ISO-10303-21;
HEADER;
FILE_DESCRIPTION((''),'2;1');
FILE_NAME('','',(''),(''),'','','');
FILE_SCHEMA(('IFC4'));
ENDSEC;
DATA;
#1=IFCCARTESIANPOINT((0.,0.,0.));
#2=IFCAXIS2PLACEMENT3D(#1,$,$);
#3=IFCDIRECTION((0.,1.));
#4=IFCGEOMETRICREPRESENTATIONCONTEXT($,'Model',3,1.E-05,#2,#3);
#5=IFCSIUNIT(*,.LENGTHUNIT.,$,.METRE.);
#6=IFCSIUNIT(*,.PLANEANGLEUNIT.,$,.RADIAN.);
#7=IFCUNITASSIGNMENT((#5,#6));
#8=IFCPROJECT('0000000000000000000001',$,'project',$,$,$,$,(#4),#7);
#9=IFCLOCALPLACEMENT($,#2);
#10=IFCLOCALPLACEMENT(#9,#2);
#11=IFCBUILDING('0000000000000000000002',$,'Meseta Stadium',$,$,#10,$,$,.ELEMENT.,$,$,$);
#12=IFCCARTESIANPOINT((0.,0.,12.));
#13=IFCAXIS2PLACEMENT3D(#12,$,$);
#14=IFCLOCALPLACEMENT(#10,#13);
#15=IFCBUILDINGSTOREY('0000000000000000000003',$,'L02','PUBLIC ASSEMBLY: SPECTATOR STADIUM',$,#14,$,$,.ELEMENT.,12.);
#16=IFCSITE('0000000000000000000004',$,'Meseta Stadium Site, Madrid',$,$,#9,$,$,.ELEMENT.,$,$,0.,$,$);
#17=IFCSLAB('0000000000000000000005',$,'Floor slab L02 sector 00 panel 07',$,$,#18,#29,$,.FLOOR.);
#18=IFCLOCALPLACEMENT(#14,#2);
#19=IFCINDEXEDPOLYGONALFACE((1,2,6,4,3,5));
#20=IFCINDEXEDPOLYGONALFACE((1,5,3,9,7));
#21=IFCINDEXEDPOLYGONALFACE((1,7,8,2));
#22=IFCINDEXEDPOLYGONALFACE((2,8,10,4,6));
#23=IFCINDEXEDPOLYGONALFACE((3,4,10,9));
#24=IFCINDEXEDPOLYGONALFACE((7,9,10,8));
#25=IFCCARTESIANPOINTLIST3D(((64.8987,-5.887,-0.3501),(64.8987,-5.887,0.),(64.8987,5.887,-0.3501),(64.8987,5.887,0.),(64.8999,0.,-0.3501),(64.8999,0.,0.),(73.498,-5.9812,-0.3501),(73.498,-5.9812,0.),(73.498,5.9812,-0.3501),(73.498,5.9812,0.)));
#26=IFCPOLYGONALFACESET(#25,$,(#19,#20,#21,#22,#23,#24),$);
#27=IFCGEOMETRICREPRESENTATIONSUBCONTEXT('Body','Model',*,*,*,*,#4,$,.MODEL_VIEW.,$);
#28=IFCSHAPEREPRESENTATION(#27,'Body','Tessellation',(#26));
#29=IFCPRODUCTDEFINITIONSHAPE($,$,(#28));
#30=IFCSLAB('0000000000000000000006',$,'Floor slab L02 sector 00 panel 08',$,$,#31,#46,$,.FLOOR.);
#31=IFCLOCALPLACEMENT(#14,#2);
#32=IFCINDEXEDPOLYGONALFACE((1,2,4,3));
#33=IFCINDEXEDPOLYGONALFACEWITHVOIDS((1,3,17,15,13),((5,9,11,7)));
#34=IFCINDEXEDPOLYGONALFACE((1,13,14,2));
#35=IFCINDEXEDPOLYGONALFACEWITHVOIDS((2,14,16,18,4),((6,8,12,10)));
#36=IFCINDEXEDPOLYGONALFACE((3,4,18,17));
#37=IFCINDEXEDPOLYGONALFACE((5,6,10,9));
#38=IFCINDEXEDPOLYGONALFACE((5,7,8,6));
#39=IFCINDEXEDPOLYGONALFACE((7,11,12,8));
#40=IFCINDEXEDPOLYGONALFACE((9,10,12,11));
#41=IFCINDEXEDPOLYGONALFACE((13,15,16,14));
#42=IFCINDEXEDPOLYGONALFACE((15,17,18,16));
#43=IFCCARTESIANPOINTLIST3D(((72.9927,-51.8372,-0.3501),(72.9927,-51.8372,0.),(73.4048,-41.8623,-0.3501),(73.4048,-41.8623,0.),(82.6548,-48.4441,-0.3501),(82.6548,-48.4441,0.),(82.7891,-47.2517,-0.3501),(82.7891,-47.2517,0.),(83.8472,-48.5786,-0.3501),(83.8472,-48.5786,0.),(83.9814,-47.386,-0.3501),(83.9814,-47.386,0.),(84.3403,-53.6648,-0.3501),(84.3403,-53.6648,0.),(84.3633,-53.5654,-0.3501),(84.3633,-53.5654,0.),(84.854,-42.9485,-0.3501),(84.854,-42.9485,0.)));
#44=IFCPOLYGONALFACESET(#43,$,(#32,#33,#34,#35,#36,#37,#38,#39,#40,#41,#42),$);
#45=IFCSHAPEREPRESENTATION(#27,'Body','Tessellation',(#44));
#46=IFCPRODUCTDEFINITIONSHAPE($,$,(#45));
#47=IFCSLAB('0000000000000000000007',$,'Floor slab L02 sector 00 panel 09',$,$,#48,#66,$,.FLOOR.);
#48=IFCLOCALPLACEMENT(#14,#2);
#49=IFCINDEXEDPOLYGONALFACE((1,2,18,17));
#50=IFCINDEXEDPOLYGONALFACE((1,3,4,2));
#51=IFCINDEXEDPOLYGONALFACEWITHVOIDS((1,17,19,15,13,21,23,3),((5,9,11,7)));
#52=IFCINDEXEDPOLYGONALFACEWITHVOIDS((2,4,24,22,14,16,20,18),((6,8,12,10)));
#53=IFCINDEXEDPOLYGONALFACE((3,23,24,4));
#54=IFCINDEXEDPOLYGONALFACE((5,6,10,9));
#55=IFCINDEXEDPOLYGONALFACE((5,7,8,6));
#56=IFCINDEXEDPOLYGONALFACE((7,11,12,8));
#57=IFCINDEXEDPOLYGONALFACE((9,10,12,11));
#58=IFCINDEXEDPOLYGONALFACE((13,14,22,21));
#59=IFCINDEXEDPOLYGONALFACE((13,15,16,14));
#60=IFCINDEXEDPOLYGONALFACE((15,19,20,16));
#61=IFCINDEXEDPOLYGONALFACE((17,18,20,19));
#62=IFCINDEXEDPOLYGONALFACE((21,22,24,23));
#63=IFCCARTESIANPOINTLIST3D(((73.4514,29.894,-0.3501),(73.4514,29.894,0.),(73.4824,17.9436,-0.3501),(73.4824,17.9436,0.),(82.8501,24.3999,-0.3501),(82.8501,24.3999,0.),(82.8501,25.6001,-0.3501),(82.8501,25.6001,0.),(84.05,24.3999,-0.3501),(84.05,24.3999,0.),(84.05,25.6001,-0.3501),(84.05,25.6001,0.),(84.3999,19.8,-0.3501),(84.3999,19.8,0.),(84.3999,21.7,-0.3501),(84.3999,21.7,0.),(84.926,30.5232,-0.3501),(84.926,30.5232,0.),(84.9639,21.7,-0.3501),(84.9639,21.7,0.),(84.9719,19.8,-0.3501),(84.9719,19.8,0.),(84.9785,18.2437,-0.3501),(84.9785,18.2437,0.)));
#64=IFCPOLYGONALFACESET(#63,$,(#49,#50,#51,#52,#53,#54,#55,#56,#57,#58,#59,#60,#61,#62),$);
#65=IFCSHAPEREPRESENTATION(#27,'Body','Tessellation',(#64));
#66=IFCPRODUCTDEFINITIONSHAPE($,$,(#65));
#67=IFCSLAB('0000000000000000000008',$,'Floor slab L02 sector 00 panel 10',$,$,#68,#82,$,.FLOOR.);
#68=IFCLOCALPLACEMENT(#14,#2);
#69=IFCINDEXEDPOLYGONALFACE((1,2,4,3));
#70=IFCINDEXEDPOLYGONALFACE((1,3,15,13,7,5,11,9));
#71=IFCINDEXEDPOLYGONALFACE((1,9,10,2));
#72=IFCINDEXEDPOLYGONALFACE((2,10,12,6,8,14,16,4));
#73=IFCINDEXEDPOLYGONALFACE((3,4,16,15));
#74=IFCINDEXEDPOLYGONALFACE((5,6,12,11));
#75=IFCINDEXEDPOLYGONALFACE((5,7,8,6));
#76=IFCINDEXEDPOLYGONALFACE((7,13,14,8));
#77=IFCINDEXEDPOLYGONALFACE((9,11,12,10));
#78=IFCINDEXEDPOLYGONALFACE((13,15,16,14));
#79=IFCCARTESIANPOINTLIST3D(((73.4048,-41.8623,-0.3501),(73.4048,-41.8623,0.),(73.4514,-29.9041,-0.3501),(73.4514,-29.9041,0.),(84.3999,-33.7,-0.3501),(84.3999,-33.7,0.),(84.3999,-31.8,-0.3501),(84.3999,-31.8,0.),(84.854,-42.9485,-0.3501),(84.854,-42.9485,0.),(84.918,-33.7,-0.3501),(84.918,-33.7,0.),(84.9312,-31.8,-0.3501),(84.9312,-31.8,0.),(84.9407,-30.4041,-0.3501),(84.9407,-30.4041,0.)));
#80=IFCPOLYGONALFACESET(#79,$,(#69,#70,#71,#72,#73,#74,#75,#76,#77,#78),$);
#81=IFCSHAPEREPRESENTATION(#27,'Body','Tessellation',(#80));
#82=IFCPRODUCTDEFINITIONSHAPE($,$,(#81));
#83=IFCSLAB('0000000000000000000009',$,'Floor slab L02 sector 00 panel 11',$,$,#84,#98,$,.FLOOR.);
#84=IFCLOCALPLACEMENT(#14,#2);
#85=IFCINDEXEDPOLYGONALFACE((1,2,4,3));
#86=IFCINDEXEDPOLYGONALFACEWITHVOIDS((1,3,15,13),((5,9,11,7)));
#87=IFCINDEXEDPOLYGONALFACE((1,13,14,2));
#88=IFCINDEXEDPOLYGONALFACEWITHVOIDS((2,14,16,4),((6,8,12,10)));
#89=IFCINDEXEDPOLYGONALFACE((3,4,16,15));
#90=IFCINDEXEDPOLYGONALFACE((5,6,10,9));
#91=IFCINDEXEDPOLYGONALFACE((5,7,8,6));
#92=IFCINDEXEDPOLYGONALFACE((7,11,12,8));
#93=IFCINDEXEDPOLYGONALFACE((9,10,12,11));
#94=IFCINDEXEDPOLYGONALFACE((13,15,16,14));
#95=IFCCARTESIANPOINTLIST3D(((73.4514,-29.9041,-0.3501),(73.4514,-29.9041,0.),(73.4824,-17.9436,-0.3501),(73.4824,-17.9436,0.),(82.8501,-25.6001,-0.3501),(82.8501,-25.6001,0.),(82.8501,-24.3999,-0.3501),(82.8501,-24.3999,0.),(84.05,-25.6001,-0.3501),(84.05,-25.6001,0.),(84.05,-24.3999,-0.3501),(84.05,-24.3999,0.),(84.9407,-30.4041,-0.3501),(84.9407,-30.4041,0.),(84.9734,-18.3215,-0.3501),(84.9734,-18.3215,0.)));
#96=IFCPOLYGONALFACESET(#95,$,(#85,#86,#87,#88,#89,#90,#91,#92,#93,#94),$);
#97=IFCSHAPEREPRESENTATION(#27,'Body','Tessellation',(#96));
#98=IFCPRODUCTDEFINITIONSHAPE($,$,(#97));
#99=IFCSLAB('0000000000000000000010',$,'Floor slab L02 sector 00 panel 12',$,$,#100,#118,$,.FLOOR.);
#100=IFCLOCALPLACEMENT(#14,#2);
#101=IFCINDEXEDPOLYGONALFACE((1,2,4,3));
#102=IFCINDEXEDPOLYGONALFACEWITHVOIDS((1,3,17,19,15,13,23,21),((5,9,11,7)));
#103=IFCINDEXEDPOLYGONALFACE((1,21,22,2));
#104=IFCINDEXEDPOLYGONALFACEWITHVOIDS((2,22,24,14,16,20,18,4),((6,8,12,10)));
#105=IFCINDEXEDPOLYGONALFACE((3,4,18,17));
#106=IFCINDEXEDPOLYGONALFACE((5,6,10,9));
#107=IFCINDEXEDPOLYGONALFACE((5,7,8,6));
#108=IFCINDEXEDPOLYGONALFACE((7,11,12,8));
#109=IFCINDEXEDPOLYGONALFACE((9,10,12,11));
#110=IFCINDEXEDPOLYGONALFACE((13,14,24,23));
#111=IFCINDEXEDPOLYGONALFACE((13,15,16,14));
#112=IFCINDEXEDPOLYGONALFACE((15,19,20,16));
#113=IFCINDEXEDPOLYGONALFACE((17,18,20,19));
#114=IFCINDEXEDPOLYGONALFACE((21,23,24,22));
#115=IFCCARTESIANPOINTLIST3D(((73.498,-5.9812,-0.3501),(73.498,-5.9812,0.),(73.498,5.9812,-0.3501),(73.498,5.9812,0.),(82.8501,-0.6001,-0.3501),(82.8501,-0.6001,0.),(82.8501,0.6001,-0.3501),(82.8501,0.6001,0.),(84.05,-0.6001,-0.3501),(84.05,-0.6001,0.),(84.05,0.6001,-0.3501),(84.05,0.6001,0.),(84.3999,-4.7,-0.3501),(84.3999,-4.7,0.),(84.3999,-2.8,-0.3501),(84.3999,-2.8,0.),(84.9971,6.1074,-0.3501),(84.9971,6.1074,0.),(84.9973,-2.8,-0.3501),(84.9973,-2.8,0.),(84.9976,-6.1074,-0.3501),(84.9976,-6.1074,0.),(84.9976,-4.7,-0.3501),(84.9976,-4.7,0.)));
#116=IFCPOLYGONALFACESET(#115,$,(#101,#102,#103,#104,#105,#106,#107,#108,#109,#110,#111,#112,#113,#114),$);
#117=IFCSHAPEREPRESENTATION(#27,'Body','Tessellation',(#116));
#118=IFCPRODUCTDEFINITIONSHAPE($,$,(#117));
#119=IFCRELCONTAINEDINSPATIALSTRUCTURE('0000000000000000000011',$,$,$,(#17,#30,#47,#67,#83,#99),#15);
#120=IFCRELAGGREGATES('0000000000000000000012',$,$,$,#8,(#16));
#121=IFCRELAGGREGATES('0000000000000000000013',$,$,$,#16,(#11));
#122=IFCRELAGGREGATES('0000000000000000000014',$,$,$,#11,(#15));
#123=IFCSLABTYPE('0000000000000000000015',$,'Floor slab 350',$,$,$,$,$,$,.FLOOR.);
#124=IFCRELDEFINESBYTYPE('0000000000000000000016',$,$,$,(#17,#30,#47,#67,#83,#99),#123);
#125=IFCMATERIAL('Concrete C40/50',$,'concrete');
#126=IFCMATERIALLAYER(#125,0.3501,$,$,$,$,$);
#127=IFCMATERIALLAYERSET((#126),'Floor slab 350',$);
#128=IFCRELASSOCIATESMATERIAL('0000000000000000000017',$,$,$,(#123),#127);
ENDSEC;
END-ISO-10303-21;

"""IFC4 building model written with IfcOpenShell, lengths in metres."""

from ifc_helpers import new_model, si_unit, direction, frame, origin, place, context, subcontext, project, spatial, polyline, outline, extrude, material, layer, layer_set, type_object, element, save


model = new_model("IFC4")

# Units and contexts
model_context = context("Model", 3, precision=1e-05, world=origin(), true_north=direction((0.0, 1.0)))
body_context = subcontext(model_context, "Body", "Model", "MODEL_VIEW")
ifc_project = project(units=[si_unit("LENGTHUNIT", "METRE"), si_unit("PLANEANGLEUNIT", "RADIAN")], contexts=[model_context])

# Site, building, storey
site_placement = place(None, origin())
site = spatial("IfcSite", under=ifc_project, at=site_placement, Name="Meseta Stadium Site, Madrid", CompositionType="ELEMENT", RefElevation=0.0)
building_placement = place(site_placement, origin())
building = spatial("IfcBuilding", under=site, at=building_placement, Name="Meseta Stadium", CompositionType="ELEMENT")
storey_placement = place(building_placement, frame((0.0, 0.0, 12.0)))
storey = spatial("IfcBuildingStorey", under=building, at=storey_placement, Name="L02", Description="PUBLIC ASSEMBLY: SPECTATOR STADIUM", CompositionType="ELEMENT", Elevation=12.0)

# Slabs
ifc_material_1 = material(Name="Concrete C40/50", Category="concrete")
ifc_layer_1 = layer(ifc_material_1, 0.3501)
ifc_layer_set_1 = layer_set([ifc_layer_1], Name="Floor slab 350")
slab_type_1 = type_object("IfcSlabType", Name="Floor slab 350", PredefinedType="FLOOR", material=ifc_layer_set_1)
slab_1_placement = place(storey_placement, frame((0.0, 0.0, -0.3501)))
element("IfcSlab", 1, at=slab_1_placement, inside=storey, type_object=slab_type_1, Name="Floor slab L02 sector 00 panel 07", PredefinedType="FLOOR", context=body_context, shape_type="SweptSolid", body=[
    extrude(outline(polyline([(64.8999, 0.0), (64.8987, -5.887), (73.498, -5.9812), (73.498, 5.9812), (64.8987, 5.887), (64.8999, 0.0)])), origin(), (0.0, 0.0, 1.0), 0.3501),
])
slab_2_placement = place(storey_placement, frame((0.0, 0.0, -0.3501)))
element("IfcSlab", 2, at=slab_2_placement, inside=storey, type_object=slab_type_1, Name="Floor slab L02 sector 00 panel 08", PredefinedType="FLOOR", context=body_context, shape_type="SweptSolid", body=[
    extrude(outline(polyline([(84.3633, -53.5654), (84.854, -42.9485), (73.4048, -41.8623), (72.9927, -51.8372), (84.3403, -53.6648), (84.3633, -53.5654)]), holes=[polyline([(83.8472, -48.5786), (82.6548, -48.4441), (82.7891, -47.2517), (83.9814, -47.386), (83.8472, -48.5786)])]), origin(), (0.0, 0.0, 1.0), 0.3501),
])
slab_3_placement = place(storey_placement, frame((0.0, 0.0, -0.3501)))
element("IfcSlab", 3, at=slab_3_placement, inside=storey, type_object=slab_type_1, Name="Floor slab L02 sector 00 panel 09", PredefinedType="FLOOR", context=body_context, shape_type="SweptSolid", body=[
    extrude(outline(polyline([(84.3999, 19.8), (84.3999, 21.7), (84.9639, 21.7), (84.926, 30.5232), (73.4514, 29.894), (73.4824, 17.9436), (84.9785, 18.2437), (84.9719, 19.8), (84.3999, 19.8)]), holes=[polyline([(84.05, 25.6001), (84.05, 24.3999), (82.8501, 24.3999), (82.8501, 25.6001), (84.05, 25.6001)])]), origin(), (0.0, 0.0, 1.0), 0.3501),
])
slab_4_placement = place(storey_placement, frame((0.0, 0.0, -0.3501)))
element("IfcSlab", 4, at=slab_4_placement, inside=storey, type_object=slab_type_1, Name="Floor slab L02 sector 00 panel 10", PredefinedType="FLOOR", context=body_context, shape_type="SweptSolid", body=[
    extrude(outline(polyline([(84.9407, -30.4041), (73.4514, -29.9041), (73.4048, -41.8623), (84.854, -42.9485), (84.918, -33.7), (84.3999, -33.7), (84.3999, -31.8), (84.9312, -31.8), (84.9407, -30.4041)])), origin(), (0.0, 0.0, 1.0), 0.3501),
])
slab_5_placement = place(storey_placement, frame((0.0, 0.0, -0.3501)))
element("IfcSlab", 5, at=slab_5_placement, inside=storey, type_object=slab_type_1, Name="Floor slab L02 sector 00 panel 11", PredefinedType="FLOOR", context=body_context, shape_type="SweptSolid", body=[
    extrude(outline(polyline([(73.4514, -29.9041), (84.9407, -30.4041), (84.9734, -18.3215), (73.4824, -17.9436), (73.4514, -29.9041)]), holes=[polyline([(82.8501, -25.6001), (82.8501, -24.3999), (84.05, -24.3999), (84.05, -25.6001), (82.8501, -25.6001)])]), origin(), (0.0, 0.0, 1.0), 0.3501),
])
slab_6_placement = place(storey_placement, frame((0.0, 0.0, -0.3501)))
element("IfcSlab", 6, at=slab_6_placement, inside=storey, type_object=slab_type_1, Name="Floor slab L02 sector 00 panel 12", PredefinedType="FLOOR", context=body_context, shape_type="SweptSolid", body=[
    extrude(outline(polyline([(84.9976, -6.1074), (84.9976, -4.7), (84.3999, -4.7), (84.3999, -2.8), (84.9973, -2.8), (84.9971, 6.1074), (73.498, 5.9812), (73.498, -5.9812), (84.9976, -6.1074)]), holes=[polyline([(82.8501, 0.6001), (84.05, 0.6001), (84.05, -0.6001), (82.8501, -0.6001), (82.8501, 0.6001)])]), origin(), (0.0, 0.0, 1.0), 0.3501),
])

save(model, "model.ifc")
